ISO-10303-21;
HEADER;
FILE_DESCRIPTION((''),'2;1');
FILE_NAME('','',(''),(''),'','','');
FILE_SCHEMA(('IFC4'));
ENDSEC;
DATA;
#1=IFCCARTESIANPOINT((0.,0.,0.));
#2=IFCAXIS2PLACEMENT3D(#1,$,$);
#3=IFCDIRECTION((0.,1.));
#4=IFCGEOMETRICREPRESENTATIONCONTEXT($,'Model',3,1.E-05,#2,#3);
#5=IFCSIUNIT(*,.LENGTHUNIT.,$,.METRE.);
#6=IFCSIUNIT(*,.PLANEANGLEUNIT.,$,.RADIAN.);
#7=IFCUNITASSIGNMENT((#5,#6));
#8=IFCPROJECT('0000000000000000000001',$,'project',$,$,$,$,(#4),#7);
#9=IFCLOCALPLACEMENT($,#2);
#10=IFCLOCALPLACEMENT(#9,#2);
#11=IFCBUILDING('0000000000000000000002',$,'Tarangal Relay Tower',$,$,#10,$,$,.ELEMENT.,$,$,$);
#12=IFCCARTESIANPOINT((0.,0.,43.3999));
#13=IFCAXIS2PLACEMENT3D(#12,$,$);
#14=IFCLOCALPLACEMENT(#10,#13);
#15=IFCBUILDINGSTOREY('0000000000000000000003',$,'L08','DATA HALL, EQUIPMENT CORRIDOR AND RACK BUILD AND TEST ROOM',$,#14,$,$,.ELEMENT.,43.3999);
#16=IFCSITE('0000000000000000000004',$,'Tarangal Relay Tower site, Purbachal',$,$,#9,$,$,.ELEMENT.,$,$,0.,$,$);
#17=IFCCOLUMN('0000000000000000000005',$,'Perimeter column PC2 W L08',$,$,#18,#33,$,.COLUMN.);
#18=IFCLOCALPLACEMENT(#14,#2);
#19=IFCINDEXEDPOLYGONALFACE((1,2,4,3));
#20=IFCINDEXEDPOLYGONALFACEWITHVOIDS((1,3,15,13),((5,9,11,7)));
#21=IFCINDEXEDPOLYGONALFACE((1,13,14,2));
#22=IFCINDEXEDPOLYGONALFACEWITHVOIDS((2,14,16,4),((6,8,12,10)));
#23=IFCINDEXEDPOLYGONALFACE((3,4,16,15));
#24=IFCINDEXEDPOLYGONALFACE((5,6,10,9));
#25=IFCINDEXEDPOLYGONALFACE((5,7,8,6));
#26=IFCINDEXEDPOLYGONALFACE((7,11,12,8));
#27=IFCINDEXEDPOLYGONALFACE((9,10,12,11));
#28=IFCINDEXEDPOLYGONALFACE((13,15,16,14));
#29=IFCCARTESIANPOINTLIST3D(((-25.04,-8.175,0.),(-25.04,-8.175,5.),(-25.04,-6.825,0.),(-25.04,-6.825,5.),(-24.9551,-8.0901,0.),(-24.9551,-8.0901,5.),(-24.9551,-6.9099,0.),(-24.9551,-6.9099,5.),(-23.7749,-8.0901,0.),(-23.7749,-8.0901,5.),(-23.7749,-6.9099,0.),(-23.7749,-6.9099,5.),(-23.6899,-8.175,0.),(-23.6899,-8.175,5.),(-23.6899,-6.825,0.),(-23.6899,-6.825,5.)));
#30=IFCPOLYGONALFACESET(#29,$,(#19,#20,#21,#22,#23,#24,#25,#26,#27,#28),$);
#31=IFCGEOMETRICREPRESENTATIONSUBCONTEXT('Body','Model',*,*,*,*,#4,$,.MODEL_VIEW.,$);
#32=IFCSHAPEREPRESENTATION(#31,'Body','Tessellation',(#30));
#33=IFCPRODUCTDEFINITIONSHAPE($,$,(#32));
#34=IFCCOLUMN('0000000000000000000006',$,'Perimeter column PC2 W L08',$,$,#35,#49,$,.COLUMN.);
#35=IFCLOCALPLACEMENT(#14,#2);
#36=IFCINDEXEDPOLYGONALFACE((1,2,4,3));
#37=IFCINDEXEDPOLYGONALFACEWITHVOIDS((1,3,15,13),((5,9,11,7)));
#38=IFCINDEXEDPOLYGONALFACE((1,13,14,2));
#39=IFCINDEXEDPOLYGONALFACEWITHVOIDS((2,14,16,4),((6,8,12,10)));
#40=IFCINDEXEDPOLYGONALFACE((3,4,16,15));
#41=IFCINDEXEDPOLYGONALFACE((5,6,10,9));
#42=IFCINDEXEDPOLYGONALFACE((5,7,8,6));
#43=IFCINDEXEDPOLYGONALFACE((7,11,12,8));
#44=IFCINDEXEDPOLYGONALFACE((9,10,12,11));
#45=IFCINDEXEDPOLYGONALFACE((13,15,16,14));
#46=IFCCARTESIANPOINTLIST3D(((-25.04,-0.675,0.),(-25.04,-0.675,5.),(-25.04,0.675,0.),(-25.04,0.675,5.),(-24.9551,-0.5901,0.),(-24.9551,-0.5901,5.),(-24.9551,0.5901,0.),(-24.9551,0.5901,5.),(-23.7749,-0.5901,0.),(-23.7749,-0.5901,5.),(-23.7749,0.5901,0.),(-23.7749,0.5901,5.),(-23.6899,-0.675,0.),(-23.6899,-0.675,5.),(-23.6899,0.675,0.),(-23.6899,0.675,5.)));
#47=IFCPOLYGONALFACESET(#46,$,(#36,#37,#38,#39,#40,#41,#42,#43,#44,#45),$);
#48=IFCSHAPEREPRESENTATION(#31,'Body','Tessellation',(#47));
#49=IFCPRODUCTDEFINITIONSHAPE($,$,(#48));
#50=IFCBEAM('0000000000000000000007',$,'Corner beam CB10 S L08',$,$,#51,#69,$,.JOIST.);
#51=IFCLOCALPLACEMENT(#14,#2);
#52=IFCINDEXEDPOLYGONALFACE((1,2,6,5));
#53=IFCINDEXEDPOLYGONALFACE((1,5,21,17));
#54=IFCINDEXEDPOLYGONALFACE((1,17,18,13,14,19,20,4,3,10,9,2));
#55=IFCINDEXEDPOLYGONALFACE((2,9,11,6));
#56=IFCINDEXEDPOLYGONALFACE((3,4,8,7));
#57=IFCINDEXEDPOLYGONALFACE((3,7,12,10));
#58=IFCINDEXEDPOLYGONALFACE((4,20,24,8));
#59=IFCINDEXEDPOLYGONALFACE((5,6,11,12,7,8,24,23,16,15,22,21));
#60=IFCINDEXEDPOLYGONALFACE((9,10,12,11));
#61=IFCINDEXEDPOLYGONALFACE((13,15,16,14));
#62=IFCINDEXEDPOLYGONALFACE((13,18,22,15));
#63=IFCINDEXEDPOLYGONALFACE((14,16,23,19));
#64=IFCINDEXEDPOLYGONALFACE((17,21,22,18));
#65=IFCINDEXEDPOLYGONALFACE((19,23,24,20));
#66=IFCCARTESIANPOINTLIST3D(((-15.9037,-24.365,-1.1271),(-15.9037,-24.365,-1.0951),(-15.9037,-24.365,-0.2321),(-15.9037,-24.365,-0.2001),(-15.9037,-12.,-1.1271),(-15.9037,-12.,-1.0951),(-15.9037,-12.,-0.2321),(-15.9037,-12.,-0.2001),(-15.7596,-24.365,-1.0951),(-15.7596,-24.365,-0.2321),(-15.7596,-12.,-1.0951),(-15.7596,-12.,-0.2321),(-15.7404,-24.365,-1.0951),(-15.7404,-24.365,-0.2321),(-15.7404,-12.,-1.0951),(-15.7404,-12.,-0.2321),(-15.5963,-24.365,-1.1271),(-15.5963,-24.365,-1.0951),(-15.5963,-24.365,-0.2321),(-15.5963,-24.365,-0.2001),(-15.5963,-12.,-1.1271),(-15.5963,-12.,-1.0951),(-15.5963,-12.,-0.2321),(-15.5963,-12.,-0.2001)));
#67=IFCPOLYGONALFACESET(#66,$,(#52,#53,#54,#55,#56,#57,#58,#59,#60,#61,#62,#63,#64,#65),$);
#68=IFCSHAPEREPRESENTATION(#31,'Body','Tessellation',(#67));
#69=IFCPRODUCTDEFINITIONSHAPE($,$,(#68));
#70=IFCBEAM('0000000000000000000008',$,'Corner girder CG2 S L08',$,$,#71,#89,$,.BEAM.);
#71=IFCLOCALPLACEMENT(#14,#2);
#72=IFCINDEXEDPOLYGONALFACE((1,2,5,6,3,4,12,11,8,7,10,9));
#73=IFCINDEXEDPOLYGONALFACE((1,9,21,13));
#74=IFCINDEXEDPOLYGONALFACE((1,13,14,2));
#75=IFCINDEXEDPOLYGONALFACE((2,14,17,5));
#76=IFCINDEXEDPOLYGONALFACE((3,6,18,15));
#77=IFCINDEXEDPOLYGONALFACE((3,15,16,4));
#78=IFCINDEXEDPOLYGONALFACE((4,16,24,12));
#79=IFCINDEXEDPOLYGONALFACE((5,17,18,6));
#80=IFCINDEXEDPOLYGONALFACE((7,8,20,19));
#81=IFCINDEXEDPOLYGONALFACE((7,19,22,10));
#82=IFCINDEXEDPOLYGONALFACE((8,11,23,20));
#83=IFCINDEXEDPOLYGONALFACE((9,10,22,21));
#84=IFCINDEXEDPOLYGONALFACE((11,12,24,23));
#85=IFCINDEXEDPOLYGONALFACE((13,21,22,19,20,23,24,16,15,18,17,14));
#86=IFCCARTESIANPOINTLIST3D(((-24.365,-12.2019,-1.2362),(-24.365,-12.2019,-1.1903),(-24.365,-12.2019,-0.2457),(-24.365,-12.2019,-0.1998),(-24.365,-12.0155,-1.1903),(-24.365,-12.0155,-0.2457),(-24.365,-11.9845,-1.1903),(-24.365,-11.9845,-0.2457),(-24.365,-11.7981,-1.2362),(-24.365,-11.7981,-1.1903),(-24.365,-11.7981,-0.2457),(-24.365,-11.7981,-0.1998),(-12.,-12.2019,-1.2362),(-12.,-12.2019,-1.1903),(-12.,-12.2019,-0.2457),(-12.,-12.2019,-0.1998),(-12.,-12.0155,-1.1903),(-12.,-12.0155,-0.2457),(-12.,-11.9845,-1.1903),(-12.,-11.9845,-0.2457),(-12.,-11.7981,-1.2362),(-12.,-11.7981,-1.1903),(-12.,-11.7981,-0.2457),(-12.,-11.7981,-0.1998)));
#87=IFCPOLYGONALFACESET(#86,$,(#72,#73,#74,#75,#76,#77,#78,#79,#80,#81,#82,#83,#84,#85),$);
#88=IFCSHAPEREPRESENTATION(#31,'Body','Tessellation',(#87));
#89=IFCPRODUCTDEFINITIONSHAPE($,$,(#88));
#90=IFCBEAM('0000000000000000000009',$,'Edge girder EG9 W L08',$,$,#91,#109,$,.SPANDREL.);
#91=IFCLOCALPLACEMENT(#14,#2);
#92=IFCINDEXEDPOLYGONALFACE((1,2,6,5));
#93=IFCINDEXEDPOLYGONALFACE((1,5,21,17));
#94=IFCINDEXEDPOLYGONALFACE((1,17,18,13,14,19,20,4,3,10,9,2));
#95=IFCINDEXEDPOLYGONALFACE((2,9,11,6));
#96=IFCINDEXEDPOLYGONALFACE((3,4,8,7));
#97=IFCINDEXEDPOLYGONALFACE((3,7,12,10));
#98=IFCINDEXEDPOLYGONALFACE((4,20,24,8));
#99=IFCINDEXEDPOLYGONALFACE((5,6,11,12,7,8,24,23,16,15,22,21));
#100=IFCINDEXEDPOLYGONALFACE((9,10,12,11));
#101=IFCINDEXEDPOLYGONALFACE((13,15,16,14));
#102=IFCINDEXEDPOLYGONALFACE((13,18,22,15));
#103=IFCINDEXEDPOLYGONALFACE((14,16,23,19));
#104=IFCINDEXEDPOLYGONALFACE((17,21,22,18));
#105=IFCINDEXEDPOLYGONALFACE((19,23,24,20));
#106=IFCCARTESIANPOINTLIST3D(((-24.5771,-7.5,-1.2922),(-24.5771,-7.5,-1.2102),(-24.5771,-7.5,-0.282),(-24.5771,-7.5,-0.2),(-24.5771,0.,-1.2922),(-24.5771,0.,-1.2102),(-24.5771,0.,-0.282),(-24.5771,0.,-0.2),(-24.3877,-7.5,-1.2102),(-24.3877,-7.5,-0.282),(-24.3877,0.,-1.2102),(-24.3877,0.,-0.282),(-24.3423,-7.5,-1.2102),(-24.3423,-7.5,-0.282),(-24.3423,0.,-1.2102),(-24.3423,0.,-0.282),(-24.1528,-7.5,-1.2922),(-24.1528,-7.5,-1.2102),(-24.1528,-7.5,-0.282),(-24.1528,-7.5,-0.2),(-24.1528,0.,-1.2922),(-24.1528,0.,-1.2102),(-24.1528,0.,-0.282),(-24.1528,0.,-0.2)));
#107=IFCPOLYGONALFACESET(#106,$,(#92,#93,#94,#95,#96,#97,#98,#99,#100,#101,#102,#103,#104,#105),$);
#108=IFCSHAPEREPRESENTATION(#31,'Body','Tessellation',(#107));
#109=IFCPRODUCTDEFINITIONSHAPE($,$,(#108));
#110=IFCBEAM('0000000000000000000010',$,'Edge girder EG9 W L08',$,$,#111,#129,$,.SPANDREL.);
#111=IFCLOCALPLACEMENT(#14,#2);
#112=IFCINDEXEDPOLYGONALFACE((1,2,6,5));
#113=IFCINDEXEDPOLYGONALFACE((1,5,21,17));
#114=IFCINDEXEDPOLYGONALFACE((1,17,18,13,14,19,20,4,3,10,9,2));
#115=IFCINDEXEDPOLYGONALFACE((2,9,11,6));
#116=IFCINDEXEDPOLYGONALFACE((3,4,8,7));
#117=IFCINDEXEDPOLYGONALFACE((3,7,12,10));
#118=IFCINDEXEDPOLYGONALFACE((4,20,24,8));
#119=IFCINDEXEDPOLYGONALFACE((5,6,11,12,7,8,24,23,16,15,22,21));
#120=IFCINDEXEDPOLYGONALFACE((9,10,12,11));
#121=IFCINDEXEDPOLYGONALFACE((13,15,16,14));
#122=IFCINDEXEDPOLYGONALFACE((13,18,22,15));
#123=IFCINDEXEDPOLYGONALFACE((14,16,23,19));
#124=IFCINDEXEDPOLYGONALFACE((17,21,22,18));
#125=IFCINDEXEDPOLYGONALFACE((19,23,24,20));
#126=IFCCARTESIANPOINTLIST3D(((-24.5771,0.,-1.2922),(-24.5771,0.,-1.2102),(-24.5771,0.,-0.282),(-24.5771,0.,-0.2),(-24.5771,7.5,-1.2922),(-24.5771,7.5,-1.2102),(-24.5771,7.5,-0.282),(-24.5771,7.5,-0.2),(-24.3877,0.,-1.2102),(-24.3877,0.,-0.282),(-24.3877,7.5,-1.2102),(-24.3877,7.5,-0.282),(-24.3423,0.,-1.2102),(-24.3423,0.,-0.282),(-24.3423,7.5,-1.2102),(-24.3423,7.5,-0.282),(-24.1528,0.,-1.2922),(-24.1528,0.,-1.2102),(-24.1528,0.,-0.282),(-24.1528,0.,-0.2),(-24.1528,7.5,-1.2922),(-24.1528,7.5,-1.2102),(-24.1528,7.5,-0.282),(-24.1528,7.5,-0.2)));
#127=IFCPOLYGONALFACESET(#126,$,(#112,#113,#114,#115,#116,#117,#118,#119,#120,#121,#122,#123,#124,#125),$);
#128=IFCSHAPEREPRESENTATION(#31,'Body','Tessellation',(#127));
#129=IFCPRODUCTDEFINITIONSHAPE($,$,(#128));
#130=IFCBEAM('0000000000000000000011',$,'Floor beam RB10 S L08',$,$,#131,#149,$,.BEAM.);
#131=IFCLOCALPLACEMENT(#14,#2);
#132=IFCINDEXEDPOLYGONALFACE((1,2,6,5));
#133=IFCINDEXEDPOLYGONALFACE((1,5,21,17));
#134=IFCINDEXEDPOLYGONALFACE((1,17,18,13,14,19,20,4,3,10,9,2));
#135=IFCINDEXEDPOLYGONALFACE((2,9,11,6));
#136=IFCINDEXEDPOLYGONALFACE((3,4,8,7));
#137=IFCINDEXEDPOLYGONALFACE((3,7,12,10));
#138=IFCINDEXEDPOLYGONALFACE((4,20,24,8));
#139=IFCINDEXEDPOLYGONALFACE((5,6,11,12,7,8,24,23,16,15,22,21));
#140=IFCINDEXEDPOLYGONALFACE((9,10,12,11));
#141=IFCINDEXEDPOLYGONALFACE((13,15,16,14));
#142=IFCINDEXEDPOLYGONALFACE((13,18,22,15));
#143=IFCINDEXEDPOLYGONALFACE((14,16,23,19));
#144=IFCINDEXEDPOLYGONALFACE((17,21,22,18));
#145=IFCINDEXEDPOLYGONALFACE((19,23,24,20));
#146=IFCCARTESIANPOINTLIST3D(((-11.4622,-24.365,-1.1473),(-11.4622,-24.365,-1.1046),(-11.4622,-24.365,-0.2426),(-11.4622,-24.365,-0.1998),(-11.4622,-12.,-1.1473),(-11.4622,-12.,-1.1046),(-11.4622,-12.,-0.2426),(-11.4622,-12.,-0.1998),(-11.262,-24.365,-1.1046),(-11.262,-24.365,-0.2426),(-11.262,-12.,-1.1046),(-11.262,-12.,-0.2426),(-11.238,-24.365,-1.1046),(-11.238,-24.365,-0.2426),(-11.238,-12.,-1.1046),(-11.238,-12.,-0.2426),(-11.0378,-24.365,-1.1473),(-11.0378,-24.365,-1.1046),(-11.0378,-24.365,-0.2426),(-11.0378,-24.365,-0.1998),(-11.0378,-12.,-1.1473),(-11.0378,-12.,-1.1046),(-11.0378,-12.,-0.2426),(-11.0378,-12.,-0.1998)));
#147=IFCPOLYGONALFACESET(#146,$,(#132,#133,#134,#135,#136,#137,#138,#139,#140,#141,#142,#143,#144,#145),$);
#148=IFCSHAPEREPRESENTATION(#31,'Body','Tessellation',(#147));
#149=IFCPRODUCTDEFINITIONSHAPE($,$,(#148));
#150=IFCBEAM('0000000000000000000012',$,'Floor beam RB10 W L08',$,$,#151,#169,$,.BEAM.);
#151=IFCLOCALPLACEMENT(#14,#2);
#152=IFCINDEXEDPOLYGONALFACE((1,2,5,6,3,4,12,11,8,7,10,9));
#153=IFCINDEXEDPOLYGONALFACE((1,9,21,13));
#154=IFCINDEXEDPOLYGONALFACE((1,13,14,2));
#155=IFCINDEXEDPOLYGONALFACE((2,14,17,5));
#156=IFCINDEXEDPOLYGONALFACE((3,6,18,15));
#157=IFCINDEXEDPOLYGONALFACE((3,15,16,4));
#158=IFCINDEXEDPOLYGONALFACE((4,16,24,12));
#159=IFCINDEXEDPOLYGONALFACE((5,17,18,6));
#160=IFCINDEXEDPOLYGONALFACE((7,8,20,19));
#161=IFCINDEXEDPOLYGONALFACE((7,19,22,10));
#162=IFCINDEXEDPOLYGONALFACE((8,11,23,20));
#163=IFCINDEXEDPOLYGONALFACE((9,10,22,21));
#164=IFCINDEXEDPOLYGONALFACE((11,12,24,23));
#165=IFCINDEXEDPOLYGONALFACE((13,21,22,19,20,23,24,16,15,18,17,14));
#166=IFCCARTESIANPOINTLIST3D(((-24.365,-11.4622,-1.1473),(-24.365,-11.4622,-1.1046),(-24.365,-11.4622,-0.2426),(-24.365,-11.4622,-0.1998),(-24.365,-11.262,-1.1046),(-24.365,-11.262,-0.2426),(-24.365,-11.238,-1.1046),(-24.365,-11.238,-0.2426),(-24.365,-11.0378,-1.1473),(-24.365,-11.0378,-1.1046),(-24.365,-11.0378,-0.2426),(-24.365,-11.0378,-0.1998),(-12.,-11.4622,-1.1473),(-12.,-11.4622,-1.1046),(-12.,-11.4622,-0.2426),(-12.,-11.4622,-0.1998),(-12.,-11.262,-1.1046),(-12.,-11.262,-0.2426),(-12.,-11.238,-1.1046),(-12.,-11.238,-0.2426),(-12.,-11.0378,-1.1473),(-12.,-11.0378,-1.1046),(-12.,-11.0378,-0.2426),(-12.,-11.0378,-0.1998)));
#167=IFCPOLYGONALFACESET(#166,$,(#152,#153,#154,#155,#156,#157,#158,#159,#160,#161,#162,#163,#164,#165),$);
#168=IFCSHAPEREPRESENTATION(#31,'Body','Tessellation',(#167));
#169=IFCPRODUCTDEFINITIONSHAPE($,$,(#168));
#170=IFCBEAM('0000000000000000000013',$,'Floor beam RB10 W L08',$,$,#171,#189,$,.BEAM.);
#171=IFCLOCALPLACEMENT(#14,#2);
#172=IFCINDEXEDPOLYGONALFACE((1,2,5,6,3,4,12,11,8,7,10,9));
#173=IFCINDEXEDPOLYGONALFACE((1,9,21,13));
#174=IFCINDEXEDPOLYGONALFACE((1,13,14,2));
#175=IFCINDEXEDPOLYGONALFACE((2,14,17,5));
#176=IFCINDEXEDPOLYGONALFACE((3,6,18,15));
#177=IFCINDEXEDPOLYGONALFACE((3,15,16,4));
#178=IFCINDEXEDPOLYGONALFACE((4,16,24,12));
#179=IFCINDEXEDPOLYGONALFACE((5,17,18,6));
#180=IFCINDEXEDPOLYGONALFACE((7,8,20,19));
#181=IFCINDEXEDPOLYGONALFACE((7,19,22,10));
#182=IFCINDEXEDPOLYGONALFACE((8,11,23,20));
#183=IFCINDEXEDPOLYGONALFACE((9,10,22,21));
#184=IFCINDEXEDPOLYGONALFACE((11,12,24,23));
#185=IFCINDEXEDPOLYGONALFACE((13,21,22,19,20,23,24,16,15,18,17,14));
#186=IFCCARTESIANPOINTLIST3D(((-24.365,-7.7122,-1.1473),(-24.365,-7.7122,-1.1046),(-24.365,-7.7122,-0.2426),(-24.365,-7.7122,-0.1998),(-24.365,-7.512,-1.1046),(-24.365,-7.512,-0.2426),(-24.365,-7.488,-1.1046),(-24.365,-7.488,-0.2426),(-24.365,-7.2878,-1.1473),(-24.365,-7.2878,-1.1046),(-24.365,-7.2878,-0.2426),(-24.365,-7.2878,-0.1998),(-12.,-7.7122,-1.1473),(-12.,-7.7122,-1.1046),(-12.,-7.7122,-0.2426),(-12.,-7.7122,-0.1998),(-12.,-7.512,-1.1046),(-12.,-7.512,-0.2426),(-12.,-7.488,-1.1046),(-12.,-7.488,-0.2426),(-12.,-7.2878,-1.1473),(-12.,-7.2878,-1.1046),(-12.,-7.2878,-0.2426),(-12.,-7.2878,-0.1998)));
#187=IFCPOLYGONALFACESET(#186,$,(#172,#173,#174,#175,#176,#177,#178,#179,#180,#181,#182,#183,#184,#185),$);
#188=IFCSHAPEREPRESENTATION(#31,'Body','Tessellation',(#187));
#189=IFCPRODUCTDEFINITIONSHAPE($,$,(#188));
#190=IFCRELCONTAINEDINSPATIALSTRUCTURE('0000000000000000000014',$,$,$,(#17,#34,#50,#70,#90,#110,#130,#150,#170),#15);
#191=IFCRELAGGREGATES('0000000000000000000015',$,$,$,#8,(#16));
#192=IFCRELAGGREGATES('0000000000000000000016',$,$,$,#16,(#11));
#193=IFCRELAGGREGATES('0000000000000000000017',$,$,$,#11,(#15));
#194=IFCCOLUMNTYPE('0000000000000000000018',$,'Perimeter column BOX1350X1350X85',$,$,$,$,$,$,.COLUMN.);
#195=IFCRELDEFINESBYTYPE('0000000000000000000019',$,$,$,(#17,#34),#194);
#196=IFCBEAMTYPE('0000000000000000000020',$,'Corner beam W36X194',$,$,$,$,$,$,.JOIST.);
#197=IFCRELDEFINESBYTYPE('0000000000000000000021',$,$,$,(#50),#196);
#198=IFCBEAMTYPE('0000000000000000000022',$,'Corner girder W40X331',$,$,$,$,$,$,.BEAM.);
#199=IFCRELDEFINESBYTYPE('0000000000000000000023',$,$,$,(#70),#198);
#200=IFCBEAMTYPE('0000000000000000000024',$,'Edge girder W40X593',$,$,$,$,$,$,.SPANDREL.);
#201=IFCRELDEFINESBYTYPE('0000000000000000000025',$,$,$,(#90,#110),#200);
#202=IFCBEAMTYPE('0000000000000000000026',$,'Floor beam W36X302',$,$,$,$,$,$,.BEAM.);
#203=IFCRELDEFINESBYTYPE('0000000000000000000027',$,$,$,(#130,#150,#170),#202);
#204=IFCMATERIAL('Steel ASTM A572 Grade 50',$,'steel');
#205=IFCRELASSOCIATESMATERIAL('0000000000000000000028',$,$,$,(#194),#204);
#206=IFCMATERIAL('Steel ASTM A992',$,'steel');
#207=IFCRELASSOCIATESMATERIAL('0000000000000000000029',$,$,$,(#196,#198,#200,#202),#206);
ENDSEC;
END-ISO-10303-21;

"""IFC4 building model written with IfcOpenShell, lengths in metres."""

from ifc_helpers import new_model, si_unit, direction, frame, origin, origin_2d, place, context, subcontext, project, spatial, hollow_rectangle, i_section, extrude, material, material_profile, profile_set, type_object, element, save


model = new_model("IFC4")

# Units and contexts
model_context = context("Model", 3, precision=1e-05, world=origin(), true_north=direction((0.0, 1.0)))
body_context = subcontext(model_context, "Body", "Model", "MODEL_VIEW")
ifc_project = project(units=[si_unit("LENGTHUNIT", "METRE"), si_unit("PLANEANGLEUNIT", "RADIAN")], contexts=[model_context])

# Site, building, storey
site_placement = place(None, origin())
site = spatial("IfcSite", under=ifc_project, at=site_placement, Name="Tarangal Relay Tower site, Purbachal", CompositionType="ELEMENT", RefElevation=0.0)
building_placement = place(site_placement, origin())
building = spatial("IfcBuilding", under=site, at=building_placement, Name="Tarangal Relay Tower", CompositionType="ELEMENT")
storey_placement = place(building_placement, frame((0.0, 0.0, 43.3999)))
storey = spatial("IfcBuildingStorey", under=building, at=storey_placement, Name="L08", Description="DATA HALL, EQUIPMENT CORRIDOR AND RACK BUILD AND TEST ROOM", CompositionType="ELEMENT", Elevation=43.3999)

# Columns
ifc_material_1 = material(Name="Steel ASTM A572 Grade 50", Category="steel")
ifc_material_profile_1 = material_profile(ifc_material_1, hollow_rectangle(XDim=1.3501, YDim=1.3501, WallThickness=0.085, at=origin_2d()), Name="BOX1350X1350X85")
ifc_profile_set_1 = profile_set([ifc_material_profile_1], Name="Steel ASTM A572 Grade 50")
column_type = type_object("IfcColumnType", Name="Perimeter column BOX1350X1350X85", PredefinedType="COLUMN", material=ifc_profile_set_1)
for number, where, z_axis, x_axis, name in (
    (1, (-24.365, -7.5, 0.0), (0.0, 0.0, 1.0), (1.0, 0.0, 0.0), "Perimeter column PC2 W L08"),
    (2, (-24.365, 0.0, 0.0), (0.0, 0.0, 1.0), (1.0, 0.0, 0.0), "Perimeter column PC2 W L08"),
):
    element("IfcColumn", number, at=place(storey_placement, frame(where, z_axis=z_axis, x_axis=x_axis)), inside=storey, type_object=column_type, Name=name, PredefinedType="COLUMN", context=body_context, shape_type="SweptSolid", body=[
        extrude(hollow_rectangle(XDim=1.3501, YDim=1.3501, WallThickness=0.085, at=origin_2d()), origin(), (0.0, 0.0, 1.0), 5.0),
    ])

# Beams
ifc_material_2 = material(Name="Steel ASTM A992", Category="steel")
ifc_material_profile_2 = material_profile(ifc_material_2, i_section(OverallWidth=0.3074, OverallDepth=0.927, WebThickness=0.0193, FlangeThickness=0.032, at=origin_2d()), Name="W36X194")
ifc_profile_set_2 = profile_set([ifc_material_profile_2], Name="Steel ASTM A992")
beam_type_1 = type_object("IfcBeamType", Name="Corner beam W36X194", PredefinedType="JOIST", material=ifc_profile_set_2)
beam_1_placement = place(storey_placement, frame((-15.75, -12.0, -0.6636), z_axis=(0.0, -1.0, 0.0), x_axis=(1.0, 0.0, 0.0)))
element("IfcBeam", 3, at=beam_1_placement, inside=storey, type_object=beam_type_1, Name="Corner beam CB10 S L08", PredefinedType="JOIST", context=body_context, shape_type="SweptSolid", body=[
    extrude(i_section(OverallWidth=0.3074, OverallDepth=0.927, WebThickness=0.0193, FlangeThickness=0.032, at=origin_2d()), origin(), (0.0, 0.0, 1.0), 12.365),
])
ifc_material_profile_3 = material_profile(ifc_material_2, i_section(OverallWidth=0.4038, OverallDepth=1.0364, WebThickness=0.031, FlangeThickness=0.0459, at=origin_2d()), Name="W40X331")
ifc_profile_set_3 = profile_set([ifc_material_profile_3], Name="Steel ASTM A992")
beam_type_2 = type_object("IfcBeamType", Name="Corner girder W40X331", PredefinedType="BEAM", material=ifc_profile_set_3)
beam_2_placement = place(storey_placement, frame((-12.0, -12.0, -0.718), z_axis=(-1.0, 0.0, 0.0), x_axis=(0.0, -1.0, 0.0)))
element("IfcBeam", 4, at=beam_2_placement, inside=storey, type_object=beam_type_2, Name="Corner girder CG2 S L08", PredefinedType="BEAM", context=body_context, shape_type="SweptSolid", body=[
    extrude(i_section(OverallWidth=0.4038, OverallDepth=1.0364, WebThickness=0.031, FlangeThickness=0.0459, at=origin_2d()), origin(), (0.0, 0.0, 1.0), 12.365),
])
ifc_material_profile_4 = material_profile(ifc_material_2, i_section(OverallWidth=0.4243, OverallDepth=1.0923, WebThickness=0.0454, FlangeThickness=0.082, at=origin_2d()), Name="W40X593")
ifc_profile_set_4 = profile_set([ifc_material_profile_4], Name="Steel ASTM A992")
beam_type_3 = type_object("IfcBeamType", Name="Edge girder W40X593", PredefinedType="SPANDREL", material=ifc_profile_set_4)
for number, where, z_axis, x_axis, name in (
    (5, (-24.365, -7.5, -0.7461), (0.0, 1.0, 0.0), (-1.0, 0.0, 0.0), "Edge girder EG9 W L08"),
    (6, (-24.365, 0.0, -0.7461), (0.0, 1.0, 0.0), (-1.0, 0.0, 0.0), "Edge girder EG9 W L08"),
):
    element("IfcBeam", number, at=place(storey_placement, frame(where, z_axis=z_axis, x_axis=x_axis)), inside=storey, type_object=beam_type_3, Name=name, PredefinedType="SPANDREL", context=body_context, shape_type="SweptSolid", body=[
        extrude(i_section(OverallWidth=0.4243, OverallDepth=1.0923, WebThickness=0.0454, FlangeThickness=0.082, at=origin_2d()), origin(), (0.0, 0.0, 1.0), 7.5),
    ])
ifc_material_profile_5 = material_profile(ifc_material_2, i_section(OverallWidth=0.4243, OverallDepth=0.9475, WebThickness=0.0239, FlangeThickness=0.0427, at=origin_2d()), Name="W36X302")
ifc_profile_set_5 = profile_set([ifc_material_profile_5], Name="Steel ASTM A992")
beam_type_4 = type_object("IfcBeamType", Name="Floor beam W36X302", PredefinedType="BEAM", material=ifc_profile_set_5)
for number, where, z_axis, x_axis, name in (
    (7, (-11.25, -12.0, -0.6736), (0.0, -1.0, 0.0), (1.0, 0.0, 0.0), "Floor beam RB10 S L08"),
    (8, (-12.0, -11.25, -0.6736), (-1.0, 0.0, 0.0), (0.0, -1.0, 0.0), "Floor beam RB10 W L08"),
    (9, (-12.0, -7.5, -0.6736), (-1.0, 0.0, 0.0), (0.0, -1.0, 0.0), "Floor beam RB10 W L08"),
):
    element("IfcBeam", number, at=place(storey_placement, frame(where, z_axis=z_axis, x_axis=x_axis)), inside=storey, type_object=beam_type_4, Name=name, PredefinedType="BEAM", context=body_context, shape_type="SweptSolid", body=[
        extrude(i_section(OverallWidth=0.4243, OverallDepth=0.9475, WebThickness=0.0239, FlangeThickness=0.0427, at=origin_2d()), origin(), (0.0, 0.0, 1.0), 12.365),
    ])

save(model, "model.ifc")
